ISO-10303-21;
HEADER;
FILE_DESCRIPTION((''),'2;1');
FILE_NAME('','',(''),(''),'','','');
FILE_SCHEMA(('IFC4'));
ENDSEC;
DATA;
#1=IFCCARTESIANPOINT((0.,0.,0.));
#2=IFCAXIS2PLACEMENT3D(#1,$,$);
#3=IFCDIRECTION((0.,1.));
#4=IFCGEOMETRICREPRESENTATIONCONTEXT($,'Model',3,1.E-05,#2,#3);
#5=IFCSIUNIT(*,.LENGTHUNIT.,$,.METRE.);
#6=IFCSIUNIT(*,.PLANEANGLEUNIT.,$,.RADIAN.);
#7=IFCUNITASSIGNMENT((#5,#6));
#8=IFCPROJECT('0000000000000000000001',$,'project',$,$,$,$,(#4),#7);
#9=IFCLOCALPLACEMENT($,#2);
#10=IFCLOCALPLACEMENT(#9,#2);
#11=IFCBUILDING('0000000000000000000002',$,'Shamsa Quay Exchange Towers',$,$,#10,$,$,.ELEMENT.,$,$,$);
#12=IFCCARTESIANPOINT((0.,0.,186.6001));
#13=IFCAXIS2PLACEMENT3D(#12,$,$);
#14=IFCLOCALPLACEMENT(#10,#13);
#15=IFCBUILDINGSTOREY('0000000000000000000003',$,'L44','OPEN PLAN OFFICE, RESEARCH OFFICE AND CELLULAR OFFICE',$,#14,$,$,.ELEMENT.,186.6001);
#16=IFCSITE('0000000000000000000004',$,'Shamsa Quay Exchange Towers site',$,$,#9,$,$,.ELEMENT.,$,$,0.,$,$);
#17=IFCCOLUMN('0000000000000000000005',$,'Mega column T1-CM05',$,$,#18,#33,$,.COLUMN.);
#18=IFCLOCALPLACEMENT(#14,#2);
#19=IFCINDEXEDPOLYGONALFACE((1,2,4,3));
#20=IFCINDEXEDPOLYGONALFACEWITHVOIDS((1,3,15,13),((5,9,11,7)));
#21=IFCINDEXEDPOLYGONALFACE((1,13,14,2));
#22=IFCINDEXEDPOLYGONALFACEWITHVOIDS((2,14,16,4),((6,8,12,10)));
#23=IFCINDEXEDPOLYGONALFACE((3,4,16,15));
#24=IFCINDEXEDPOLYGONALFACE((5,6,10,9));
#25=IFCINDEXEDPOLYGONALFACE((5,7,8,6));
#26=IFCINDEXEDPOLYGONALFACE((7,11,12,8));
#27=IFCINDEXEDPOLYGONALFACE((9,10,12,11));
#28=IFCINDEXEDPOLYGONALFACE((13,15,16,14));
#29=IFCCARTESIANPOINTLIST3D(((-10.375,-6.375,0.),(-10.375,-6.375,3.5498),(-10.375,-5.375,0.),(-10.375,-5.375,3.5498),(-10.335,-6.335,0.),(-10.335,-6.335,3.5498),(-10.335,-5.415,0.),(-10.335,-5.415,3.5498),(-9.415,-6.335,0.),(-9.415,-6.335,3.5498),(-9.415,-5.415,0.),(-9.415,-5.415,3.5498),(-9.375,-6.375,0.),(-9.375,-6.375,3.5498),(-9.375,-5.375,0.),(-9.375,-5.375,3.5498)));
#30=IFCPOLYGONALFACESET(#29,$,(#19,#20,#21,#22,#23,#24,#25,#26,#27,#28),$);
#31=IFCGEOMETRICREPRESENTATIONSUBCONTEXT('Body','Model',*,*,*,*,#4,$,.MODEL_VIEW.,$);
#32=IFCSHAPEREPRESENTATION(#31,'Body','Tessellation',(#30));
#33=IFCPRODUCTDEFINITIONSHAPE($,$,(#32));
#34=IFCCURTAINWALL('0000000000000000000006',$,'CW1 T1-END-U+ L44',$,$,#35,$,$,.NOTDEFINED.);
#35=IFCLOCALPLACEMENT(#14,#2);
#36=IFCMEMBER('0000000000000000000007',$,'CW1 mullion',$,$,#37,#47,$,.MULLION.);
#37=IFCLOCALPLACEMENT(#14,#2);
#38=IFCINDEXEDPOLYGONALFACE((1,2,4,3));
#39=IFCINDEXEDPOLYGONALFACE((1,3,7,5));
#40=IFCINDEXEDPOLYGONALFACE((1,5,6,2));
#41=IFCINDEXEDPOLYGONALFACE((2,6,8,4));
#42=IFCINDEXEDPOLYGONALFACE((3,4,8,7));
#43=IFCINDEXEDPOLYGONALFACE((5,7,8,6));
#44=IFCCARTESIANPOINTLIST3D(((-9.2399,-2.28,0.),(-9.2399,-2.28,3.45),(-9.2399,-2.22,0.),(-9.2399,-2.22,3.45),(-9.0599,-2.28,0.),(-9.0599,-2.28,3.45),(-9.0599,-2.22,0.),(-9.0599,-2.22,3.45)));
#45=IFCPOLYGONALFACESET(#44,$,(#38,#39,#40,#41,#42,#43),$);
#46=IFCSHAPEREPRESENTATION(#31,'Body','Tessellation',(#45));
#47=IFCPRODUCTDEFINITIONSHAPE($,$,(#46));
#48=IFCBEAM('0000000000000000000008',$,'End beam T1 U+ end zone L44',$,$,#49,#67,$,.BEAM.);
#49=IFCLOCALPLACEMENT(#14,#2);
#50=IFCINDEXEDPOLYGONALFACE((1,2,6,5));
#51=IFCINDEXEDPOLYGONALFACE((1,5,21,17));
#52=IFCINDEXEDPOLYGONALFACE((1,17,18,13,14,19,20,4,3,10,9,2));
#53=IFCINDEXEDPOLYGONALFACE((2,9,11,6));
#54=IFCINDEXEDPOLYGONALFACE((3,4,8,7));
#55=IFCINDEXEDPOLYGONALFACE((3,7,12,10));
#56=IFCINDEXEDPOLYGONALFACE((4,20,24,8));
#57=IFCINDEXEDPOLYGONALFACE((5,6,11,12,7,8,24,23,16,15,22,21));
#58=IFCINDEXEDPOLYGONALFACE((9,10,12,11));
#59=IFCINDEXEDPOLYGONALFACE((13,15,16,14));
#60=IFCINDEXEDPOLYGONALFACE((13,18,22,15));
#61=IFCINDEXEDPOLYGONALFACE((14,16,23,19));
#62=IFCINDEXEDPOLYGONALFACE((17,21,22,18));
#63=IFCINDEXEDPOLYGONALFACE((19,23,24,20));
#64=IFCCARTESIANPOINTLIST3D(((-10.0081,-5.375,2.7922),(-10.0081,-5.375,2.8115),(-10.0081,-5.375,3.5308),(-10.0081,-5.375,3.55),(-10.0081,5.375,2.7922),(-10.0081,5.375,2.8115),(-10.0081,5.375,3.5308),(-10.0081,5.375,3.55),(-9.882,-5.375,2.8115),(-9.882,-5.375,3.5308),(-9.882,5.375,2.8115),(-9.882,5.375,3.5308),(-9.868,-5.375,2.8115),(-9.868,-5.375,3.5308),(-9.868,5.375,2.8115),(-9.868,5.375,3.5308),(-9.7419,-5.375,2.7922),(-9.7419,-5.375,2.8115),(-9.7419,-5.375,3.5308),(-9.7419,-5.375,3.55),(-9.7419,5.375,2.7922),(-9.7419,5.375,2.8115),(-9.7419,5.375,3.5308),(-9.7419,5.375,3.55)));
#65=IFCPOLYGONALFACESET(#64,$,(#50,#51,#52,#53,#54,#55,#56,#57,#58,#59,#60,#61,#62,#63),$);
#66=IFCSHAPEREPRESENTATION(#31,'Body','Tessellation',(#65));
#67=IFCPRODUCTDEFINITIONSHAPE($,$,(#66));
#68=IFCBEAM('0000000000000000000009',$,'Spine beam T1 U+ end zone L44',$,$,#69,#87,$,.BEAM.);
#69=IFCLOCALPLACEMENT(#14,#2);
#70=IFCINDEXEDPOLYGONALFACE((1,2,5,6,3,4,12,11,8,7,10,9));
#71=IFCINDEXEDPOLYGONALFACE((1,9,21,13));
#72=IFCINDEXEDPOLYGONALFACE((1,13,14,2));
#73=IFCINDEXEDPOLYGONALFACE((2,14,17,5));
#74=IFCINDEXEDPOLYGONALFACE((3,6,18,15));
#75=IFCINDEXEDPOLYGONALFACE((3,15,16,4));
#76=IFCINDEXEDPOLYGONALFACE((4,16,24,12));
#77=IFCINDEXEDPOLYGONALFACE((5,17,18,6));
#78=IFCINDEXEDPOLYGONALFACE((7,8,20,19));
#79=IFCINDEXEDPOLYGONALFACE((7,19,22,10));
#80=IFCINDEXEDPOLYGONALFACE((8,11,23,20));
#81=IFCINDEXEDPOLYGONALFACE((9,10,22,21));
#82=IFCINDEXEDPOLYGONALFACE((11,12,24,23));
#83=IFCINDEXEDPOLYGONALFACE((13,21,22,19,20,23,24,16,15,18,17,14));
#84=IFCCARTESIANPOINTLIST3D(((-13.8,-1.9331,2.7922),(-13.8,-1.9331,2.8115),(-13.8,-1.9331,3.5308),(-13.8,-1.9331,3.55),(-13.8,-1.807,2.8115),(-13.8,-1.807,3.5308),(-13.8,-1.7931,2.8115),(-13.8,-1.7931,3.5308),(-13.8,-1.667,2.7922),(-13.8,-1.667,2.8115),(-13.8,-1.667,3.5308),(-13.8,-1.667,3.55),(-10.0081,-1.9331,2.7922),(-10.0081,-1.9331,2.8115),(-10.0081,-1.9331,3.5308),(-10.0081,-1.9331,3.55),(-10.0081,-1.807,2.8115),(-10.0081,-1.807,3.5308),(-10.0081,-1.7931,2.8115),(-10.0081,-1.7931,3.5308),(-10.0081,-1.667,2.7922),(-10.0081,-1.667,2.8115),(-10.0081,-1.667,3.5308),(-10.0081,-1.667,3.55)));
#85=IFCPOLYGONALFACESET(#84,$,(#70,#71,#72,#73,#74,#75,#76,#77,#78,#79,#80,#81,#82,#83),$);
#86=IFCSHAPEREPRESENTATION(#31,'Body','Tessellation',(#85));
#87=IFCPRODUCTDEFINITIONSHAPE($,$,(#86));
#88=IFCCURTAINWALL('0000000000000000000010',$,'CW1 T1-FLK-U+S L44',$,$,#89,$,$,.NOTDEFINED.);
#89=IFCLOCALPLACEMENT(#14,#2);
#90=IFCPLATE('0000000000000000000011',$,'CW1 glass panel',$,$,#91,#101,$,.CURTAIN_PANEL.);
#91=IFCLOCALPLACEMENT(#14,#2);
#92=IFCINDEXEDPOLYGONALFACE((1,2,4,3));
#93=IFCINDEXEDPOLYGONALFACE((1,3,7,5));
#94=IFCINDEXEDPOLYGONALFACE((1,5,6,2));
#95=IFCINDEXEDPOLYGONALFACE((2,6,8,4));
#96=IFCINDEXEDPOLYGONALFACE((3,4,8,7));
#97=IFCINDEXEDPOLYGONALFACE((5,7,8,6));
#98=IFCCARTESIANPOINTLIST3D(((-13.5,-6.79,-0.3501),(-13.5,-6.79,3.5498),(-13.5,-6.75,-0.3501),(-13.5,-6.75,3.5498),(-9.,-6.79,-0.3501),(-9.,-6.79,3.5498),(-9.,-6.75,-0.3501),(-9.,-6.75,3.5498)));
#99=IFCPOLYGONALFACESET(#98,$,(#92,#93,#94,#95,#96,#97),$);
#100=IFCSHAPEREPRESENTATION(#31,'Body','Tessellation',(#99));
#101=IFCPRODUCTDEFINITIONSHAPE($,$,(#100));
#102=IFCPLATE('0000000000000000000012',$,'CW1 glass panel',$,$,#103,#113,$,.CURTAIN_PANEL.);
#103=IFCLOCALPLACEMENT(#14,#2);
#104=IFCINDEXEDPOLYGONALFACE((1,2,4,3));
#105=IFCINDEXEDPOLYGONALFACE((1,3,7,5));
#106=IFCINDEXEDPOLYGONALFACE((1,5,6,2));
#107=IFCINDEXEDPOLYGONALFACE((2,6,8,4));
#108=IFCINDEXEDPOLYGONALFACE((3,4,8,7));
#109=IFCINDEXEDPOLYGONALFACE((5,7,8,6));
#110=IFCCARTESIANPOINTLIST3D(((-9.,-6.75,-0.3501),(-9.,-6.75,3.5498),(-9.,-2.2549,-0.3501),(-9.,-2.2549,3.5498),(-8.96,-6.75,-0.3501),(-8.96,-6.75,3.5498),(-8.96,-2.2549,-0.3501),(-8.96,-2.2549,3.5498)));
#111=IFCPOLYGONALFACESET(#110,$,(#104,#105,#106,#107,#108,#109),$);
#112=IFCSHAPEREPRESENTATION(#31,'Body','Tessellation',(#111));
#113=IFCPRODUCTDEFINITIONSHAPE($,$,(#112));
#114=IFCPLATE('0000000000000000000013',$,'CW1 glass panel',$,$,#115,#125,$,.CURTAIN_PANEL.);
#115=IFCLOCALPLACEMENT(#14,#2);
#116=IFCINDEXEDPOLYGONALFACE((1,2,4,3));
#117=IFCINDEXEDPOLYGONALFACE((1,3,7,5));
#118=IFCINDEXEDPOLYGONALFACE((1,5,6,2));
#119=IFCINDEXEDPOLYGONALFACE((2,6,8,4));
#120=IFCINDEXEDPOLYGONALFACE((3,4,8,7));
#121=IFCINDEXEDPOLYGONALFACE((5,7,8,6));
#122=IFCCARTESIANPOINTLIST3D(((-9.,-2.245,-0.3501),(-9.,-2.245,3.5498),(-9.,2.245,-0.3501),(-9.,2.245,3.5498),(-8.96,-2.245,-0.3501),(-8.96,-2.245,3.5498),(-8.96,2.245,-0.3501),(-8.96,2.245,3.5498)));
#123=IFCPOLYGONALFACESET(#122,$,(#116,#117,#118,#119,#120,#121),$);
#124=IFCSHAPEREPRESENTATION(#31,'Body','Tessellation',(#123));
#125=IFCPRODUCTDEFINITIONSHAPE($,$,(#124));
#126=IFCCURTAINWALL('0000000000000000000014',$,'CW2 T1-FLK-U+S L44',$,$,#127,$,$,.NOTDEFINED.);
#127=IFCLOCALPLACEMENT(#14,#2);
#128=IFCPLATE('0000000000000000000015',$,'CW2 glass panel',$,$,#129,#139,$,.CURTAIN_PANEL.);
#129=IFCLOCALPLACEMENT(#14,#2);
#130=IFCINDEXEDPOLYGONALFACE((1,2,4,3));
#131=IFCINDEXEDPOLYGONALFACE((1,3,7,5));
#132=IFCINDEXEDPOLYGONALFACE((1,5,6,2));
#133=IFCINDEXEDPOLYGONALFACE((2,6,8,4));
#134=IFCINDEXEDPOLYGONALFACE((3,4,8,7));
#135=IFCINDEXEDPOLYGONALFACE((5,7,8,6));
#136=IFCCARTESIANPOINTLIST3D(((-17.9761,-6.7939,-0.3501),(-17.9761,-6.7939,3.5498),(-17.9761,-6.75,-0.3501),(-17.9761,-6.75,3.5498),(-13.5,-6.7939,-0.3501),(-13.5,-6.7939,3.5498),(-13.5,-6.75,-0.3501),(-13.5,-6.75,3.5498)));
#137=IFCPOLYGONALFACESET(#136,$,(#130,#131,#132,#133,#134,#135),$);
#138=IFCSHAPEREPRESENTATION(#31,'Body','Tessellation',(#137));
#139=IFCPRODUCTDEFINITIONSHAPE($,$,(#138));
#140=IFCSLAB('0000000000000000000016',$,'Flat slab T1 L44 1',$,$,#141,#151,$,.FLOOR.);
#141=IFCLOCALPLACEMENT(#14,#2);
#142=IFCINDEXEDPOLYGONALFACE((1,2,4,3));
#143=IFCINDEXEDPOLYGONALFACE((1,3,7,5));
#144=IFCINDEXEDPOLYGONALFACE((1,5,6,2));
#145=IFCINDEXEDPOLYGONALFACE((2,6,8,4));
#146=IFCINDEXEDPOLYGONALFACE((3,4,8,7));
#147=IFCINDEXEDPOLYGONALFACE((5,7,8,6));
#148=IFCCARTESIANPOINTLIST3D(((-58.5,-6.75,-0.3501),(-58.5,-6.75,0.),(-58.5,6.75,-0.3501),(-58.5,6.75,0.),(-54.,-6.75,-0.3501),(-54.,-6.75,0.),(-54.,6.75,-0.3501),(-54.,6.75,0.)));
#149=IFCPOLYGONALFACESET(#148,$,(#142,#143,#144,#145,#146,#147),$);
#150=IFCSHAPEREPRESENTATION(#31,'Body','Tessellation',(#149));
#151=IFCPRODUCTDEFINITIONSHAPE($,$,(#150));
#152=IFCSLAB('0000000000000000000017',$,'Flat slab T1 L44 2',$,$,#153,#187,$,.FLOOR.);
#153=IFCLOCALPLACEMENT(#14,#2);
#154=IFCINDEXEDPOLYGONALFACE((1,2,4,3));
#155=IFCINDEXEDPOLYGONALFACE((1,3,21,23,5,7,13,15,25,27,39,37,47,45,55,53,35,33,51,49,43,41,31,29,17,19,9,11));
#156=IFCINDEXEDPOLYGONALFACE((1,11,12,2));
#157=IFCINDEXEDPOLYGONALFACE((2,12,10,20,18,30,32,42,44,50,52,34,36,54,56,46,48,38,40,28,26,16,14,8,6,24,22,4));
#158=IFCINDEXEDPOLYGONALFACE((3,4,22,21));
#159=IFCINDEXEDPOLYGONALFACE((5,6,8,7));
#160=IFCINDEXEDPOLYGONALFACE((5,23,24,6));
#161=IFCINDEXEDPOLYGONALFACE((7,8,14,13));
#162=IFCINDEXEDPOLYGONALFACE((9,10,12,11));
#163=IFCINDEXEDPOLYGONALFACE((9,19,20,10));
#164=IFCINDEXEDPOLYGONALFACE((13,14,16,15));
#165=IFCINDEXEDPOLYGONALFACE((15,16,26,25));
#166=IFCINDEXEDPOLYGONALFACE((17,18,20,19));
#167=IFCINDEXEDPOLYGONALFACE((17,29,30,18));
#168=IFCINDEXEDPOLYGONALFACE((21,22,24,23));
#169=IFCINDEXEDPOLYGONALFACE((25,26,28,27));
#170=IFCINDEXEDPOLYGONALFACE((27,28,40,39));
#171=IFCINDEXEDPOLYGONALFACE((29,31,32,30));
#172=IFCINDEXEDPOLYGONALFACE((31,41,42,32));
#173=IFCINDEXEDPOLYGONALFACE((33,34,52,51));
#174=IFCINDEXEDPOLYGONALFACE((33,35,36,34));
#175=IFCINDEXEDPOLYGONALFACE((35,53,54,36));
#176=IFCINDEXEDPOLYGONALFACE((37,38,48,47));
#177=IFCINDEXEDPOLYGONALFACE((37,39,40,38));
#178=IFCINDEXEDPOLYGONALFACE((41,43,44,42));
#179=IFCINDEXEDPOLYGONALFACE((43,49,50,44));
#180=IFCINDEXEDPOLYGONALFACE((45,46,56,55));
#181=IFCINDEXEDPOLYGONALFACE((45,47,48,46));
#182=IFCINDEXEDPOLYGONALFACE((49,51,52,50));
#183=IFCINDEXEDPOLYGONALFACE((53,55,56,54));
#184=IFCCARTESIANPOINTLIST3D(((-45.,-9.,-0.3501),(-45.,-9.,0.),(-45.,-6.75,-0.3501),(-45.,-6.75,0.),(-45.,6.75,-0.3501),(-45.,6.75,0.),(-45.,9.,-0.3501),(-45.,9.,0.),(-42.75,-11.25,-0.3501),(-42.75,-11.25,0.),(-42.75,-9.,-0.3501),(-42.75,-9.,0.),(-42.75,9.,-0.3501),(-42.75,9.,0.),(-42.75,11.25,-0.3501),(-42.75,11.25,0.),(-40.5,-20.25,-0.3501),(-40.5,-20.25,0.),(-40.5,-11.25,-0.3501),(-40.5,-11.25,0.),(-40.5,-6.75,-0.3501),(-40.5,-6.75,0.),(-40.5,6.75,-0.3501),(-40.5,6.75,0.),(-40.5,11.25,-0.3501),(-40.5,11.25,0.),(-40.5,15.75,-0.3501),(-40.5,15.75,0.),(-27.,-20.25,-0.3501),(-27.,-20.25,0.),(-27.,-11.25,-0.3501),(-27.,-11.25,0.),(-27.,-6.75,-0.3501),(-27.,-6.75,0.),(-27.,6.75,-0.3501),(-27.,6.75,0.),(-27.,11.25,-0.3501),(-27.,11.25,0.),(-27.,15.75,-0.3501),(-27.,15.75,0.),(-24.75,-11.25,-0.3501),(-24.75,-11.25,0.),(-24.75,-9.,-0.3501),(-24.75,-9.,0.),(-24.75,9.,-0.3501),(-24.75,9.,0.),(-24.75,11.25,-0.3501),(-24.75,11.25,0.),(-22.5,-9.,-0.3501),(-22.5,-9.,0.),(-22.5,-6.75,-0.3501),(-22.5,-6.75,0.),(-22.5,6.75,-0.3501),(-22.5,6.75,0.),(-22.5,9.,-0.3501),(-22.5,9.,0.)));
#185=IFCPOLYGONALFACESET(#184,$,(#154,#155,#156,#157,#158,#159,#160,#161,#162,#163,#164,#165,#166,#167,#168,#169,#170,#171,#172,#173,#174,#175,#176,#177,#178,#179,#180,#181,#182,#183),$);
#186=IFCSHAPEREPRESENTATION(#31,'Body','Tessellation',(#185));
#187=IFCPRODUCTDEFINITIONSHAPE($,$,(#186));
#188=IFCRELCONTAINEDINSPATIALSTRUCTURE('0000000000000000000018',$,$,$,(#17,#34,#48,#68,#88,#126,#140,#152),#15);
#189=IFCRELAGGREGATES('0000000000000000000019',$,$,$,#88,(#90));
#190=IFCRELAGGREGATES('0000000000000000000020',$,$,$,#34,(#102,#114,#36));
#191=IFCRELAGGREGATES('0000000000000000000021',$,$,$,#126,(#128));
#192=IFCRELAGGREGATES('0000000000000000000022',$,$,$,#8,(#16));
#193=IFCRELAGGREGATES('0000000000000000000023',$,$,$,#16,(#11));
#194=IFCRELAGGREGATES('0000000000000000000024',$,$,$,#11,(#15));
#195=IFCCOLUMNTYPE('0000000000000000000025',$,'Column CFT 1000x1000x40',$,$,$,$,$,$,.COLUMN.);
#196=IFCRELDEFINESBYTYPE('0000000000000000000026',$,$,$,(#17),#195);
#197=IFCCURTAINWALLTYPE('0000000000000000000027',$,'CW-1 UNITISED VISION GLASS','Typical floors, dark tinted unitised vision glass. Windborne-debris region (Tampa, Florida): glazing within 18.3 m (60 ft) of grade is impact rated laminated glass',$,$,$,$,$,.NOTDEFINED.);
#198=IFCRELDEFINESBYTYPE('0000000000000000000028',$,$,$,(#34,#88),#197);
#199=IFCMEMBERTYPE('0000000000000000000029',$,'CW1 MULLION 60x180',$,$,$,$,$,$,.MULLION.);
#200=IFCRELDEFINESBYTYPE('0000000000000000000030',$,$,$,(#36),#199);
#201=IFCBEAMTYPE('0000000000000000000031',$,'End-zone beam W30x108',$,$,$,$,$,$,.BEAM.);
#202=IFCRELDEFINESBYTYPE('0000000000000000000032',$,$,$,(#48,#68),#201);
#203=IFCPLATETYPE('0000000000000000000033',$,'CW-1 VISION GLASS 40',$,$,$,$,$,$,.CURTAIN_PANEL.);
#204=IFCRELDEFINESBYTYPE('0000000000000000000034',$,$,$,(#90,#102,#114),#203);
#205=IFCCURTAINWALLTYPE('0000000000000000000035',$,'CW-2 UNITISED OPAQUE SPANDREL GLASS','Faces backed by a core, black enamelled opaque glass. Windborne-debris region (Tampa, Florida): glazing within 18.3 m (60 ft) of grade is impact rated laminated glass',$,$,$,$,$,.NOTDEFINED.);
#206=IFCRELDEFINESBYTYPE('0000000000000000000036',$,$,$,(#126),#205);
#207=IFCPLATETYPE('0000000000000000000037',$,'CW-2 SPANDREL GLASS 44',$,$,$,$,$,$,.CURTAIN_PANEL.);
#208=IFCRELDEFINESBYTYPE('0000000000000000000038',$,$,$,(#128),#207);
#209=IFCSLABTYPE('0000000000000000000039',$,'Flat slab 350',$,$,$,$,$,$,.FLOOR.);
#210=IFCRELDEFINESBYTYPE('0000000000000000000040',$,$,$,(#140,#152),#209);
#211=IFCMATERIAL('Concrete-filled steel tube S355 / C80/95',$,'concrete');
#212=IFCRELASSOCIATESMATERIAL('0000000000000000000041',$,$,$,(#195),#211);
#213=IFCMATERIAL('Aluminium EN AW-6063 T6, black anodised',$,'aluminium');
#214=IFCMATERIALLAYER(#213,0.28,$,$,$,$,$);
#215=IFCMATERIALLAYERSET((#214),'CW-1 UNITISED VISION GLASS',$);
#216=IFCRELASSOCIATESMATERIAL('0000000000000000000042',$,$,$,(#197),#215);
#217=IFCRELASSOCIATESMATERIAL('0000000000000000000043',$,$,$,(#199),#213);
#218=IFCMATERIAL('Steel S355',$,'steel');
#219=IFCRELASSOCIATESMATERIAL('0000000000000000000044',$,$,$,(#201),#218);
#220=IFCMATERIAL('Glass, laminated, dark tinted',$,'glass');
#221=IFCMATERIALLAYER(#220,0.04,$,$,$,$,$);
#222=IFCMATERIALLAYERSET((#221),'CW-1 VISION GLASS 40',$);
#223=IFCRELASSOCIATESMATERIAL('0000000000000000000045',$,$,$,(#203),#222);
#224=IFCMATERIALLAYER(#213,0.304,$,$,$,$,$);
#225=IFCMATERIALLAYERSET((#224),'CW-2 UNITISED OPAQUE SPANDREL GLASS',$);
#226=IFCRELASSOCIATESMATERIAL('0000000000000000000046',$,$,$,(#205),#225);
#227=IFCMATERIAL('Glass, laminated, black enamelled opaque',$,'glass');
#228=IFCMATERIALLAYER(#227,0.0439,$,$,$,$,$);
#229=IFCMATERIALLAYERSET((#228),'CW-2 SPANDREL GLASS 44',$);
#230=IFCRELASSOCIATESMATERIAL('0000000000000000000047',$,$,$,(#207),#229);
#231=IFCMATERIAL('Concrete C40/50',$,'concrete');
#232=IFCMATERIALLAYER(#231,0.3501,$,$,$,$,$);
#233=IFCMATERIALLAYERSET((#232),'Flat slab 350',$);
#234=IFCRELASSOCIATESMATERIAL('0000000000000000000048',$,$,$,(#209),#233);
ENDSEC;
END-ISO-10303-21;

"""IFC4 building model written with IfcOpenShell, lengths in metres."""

from ifc_helpers import new_model, si_unit, direction, frame, origin, origin_2d, place, context, subcontext, project, spatial, polyline, rectangle, hollow_rectangle, i_section, outline, extrude, material, layer, layer_set, material_profile, profile_set, type_object, element, aggregate, save


model = new_model("IFC4")

# Units and contexts
model_context = context("Model", 3, precision=1e-05, world=origin(), true_north=direction((0.0, 1.0)))
body_context = subcontext(model_context, "Body", "Model", "MODEL_VIEW")
ifc_project = project(units=[si_unit("LENGTHUNIT", "METRE"), si_unit("PLANEANGLEUNIT", "RADIAN")], contexts=[model_context])

# Site, building, storey
site_placement = place(None, origin())
site = spatial("IfcSite", under=ifc_project, at=site_placement, Name="Shamsa Quay Exchange Towers site", CompositionType="ELEMENT", RefElevation=0.0)
building_placement = place(site_placement, origin())
building = spatial("IfcBuilding", under=site, at=building_placement, Name="Shamsa Quay Exchange Towers", CompositionType="ELEMENT")
storey_placement = place(building_placement, frame((0.0, 0.0, 186.6001)))
storey = spatial("IfcBuildingStorey", under=building, at=storey_placement, Name="L44", Description="OPEN PLAN OFFICE, RESEARCH OFFICE AND CELLULAR OFFICE", CompositionType="ELEMENT", Elevation=186.6001)

# Column
ifc_material_1 = material(Name="Concrete-filled steel tube S355 / C80/95", Category="concrete")
ifc_material_profile_1 = material_profile(ifc_material_1, hollow_rectangle(XDim=1.0, YDim=1.0, WallThickness=0.04, at=origin_2d()), Name="CFT 1000x1000x40")
ifc_profile_set_1 = profile_set([ifc_material_profile_1], Name="Concrete-filled steel tube S355 / C80/95")
column_type = type_object("IfcColumnType", Name="Column CFT 1000x1000x40", PredefinedType="COLUMN", material=ifc_profile_set_1)
column_placement = place(storey_placement, frame((-9.875, -5.875, 0.0)))
element("IfcColumn", 1, at=column_placement, inside=storey, type_object=column_type, Name="Mega column T1-CM05", PredefinedType="COLUMN", context=body_context, shape_type="SweptSolid", body=[
    extrude(hollow_rectangle(XDim=1.0, YDim=1.0, WallThickness=0.04, at=origin_2d()), origin(), (0.0, 0.0, 1.0), 3.5498),
])

# Curtain wall, member
ifc_material_2 = material(Name="Aluminium EN AW-6063 T6, black anodised", Category="aluminium")
ifc_layer_1 = layer(ifc_material_2, 0.28)
ifc_layer_set_1 = layer_set([ifc_layer_1], Name="CW-1 UNITISED VISION GLASS")
curtain_wall_type_1 = type_object("IfcCurtainWallType", Name="CW-1 UNITISED VISION GLASS", Description="Typical floors, dark tinted unitised vision glass. Windborne-debris region (Tampa, Florida): glazing within 18.3 m (60 ft) of grade is impact rated laminated glass", PredefinedType="NOTDEFINED", material=ifc_layer_set_1)
curtain_wall_1_placement = place(storey_placement, origin())
curtain_wall_1 = element("IfcCurtainWall", 2, at=curtain_wall_1_placement, inside=storey, type_object=curtain_wall_type_1, Name="CW1 T1-END-U+ L44", PredefinedType="NOTDEFINED")
ifc_material_profile_2 = material_profile(ifc_material_2, rectangle(XDim=0.1799, YDim=0.0601, at=origin_2d()), Name="MU60x180")
ifc_profile_set_2 = profile_set([ifc_material_profile_2], Name="Aluminium EN AW-6063 T6, black anodised")
member_type = type_object("IfcMemberType", Name="CW1 MULLION 60x180", PredefinedType="MULLION", material=ifc_profile_set_2)
member_placement = place(storey_placement, frame((-9.1499, -2.25, 0.0), z_axis=(0.0, 0.0, 1.0), x_axis=(-1.0, 0.0, 0.0)))
member = element("IfcMember", 3, at=member_placement, type_object=member_type, Name="CW1 mullion", PredefinedType="MULLION", context=body_context, shape_type="SweptSolid", body=[
    extrude(rectangle(XDim=0.1799, YDim=0.0601, at=origin_2d()), origin(), (0.0, 0.0, 1.0), 3.45),
])

# Beams
ifc_material_3 = material(Name="Steel S355", Category="steel")
ifc_material_profile_3 = material_profile(ifc_material_3, i_section(OverallWidth=0.2661, OverallDepth=0.7578, WebThickness=0.0139, FlangeThickness=0.0193, at=origin_2d()), Name="W30x108")
ifc_profile_set_3 = profile_set([ifc_material_profile_3], Name="Steel S355")
beam_type = type_object("IfcBeamType", Name="End-zone beam W30x108", PredefinedType="BEAM", material=ifc_profile_set_3)
beam_1_placement = place(storey_placement, frame((-9.875, -5.375, 3.1711), z_axis=(0.0, 1.0, 0.0), x_axis=(-1.0, 0.0, 0.0)))
element("IfcBeam", 4, at=beam_1_placement, inside=storey, type_object=beam_type, Name="End beam T1 U+ end zone L44", PredefinedType="BEAM", context=body_context, shape_type="SweptSolid", body=[
    extrude(i_section(OverallWidth=0.2661, OverallDepth=0.7578, WebThickness=0.0139, FlangeThickness=0.0193, at=origin_2d()), origin(), (0.0, 0.0, 1.0), 10.75),
])
beam_2_placement = place(storey_placement, frame((-13.8, -1.8, 3.1711), z_axis=(1.0, 0.0, 0.0), x_axis=(0.0, 1.0, 0.0)))
element("IfcBeam", 5, at=beam_2_placement, inside=storey, type_object=beam_type, Name="Spine beam T1 U+ end zone L44", PredefinedType="BEAM", context=body_context, shape_type="SweptSolid", body=[
    extrude(i_section(OverallWidth=0.2661, OverallDepth=0.7578, WebThickness=0.0139, FlangeThickness=0.0193, at=origin_2d()), origin(), (0.0, 0.0, 1.0), 3.792),
])

# Curtain wall, plate
curtain_wall_2_placement = place(storey_placement, origin())
curtain_wall_2 = element("IfcCurtainWall", 6, at=curtain_wall_2_placement, inside=storey, type_object=curtain_wall_type_1, Name="CW1 T1-FLK-U+S L44", PredefinedType="NOTDEFINED")
ifc_material_4 = material(Name="Glass, laminated, dark tinted", Category="glass")
ifc_layer_2 = layer(ifc_material_4, 0.04)
ifc_layer_set_2 = layer_set([ifc_layer_2], Name="CW-1 VISION GLASS 40")
plate_type_1 = type_object("IfcPlateType", Name="CW-1 VISION GLASS 40", PredefinedType="CURTAIN_PANEL", material=ifc_layer_set_2)
plate_1_placement = place(storey_placement, frame((-11.25, -6.77, -0.3501)))
plate_1 = element("IfcPlate", 7, at=plate_1_placement, type_object=plate_type_1, Name="CW1 glass panel", PredefinedType="CURTAIN_PANEL", context=body_context, shape_type="SweptSolid", body=[
    extrude(rectangle(XDim=4.5, YDim=0.04, at=origin_2d()), origin(), (0.0, 0.0, 1.0), 3.8999),
])
aggregate(curtain_wall_2, [plate_1])

# Plates
plate_2_placement = place(storey_placement, frame((-8.98, -4.5024, -0.3501), z_axis=(0.0, 0.0, 1.0), x_axis=(0.0, 1.0, 0.0)))
plate_2 = element("IfcPlate", 8, at=plate_2_placement, type_object=plate_type_1, Name="CW1 glass panel", PredefinedType="CURTAIN_PANEL", context=body_context, shape_type="SweptSolid", body=[
    extrude(rectangle(XDim=4.4951, YDim=0.04, at=origin_2d()), origin(), (0.0, 0.0, 1.0), 3.8999),
])
plate_3_placement = place(storey_placement, frame((-8.98, 0.0, -0.3501), z_axis=(0.0, 0.0, 1.0), x_axis=(0.0, 1.0, 0.0)))
plate_3 = element("IfcPlate", 9, at=plate_3_placement, type_object=plate_type_1, Name="CW1 glass panel", PredefinedType="CURTAIN_PANEL", context=body_context, shape_type="SweptSolid", body=[
    extrude(rectangle(XDim=4.49, YDim=0.04, at=origin_2d()), origin(), (0.0, 0.0, 1.0), 3.8999),
])
aggregate(curtain_wall_1, [plate_2, plate_3, member])

# Curtain wall, plate
ifc_layer_3 = layer(ifc_material_2, 0.304)
ifc_layer_set_3 = layer_set([ifc_layer_3], Name="CW-2 UNITISED OPAQUE SPANDREL GLASS")
curtain_wall_type_2 = type_object("IfcCurtainWallType", Name="CW-2 UNITISED OPAQUE SPANDREL GLASS", Description="Faces backed by a core, black enamelled opaque glass. Windborne-debris region (Tampa, Florida): glazing within 18.3 m (60 ft) of grade is impact rated laminated glass", PredefinedType="NOTDEFINED", material=ifc_layer_set_3)
curtain_wall_3_placement = place(storey_placement, origin())
curtain_wall_3 = element("IfcCurtainWall", 10, at=curtain_wall_3_placement, inside=storey, type_object=curtain_wall_type_2, Name="CW2 T1-FLK-U+S L44", PredefinedType="NOTDEFINED")
ifc_material_5 = material(Name="Glass, laminated, black enamelled opaque", Category="glass")
ifc_layer_4 = layer(ifc_material_5, 0.0439)
ifc_layer_set_4 = layer_set([ifc_layer_4], Name="CW-2 SPANDREL GLASS 44")
plate_type_2 = type_object("IfcPlateType", Name="CW-2 SPANDREL GLASS 44", PredefinedType="CURTAIN_PANEL", material=ifc_layer_set_4)
plate_4_placement = place(storey_placement, frame((-15.738, -6.772, -0.3501)))
plate_4 = element("IfcPlate", 11, at=plate_4_placement, type_object=plate_type_2, Name="CW2 glass panel", PredefinedType="CURTAIN_PANEL", context=body_context, shape_type="SweptSolid", body=[
    extrude(rectangle(XDim=4.4761, YDim=0.0439, at=origin_2d()), origin(), (0.0, 0.0, 1.0), 3.8999),
])
aggregate(curtain_wall_3, [plate_4])

# Slabs
ifc_material_6 = material(Name="Concrete C40/50", Category="concrete")
ifc_layer_5 = layer(ifc_material_6, 0.3501)
ifc_layer_set_5 = layer_set([ifc_layer_5], Name="Flat slab 350")
slab_type = type_object("IfcSlabType", Name="Flat slab 350", PredefinedType="FLOOR", material=ifc_layer_set_5)
slab_1_placement = place(storey_placement, frame((0.0, 0.0, -0.3501)))
element("IfcSlab", 12, at=slab_1_placement, inside=storey, type_object=slab_type, Name="Flat slab T1 L44 1", PredefinedType="FLOOR", context=body_context, shape_type="SweptSolid", body=[
    extrude(outline(polyline([(-58.5, -6.75), (-54.0, -6.75), (-54.0, 6.75), (-58.5, 6.75), (-58.5, -6.75)])), origin(), (0.0, 0.0, 1.0), 0.3501),
])
slab_2_placement = place(storey_placement, frame((0.0, 0.0, -0.3501)))
element("IfcSlab", 13, at=slab_2_placement, inside=storey, type_object=slab_type, Name="Flat slab T1 L44 2", PredefinedType="FLOOR", context=body_context, shape_type="SweptSolid", body=[
    extrude(outline(polyline([(-22.5, -9.0), (-22.5, -6.75), (-27.0, -6.75), (-27.0, 6.75), (-22.5, 6.75), (-22.5, 9.0), (-24.75, 9.0), (-24.75, 11.25), (-27.0, 11.25), (-27.0, 15.75), (-40.5, 15.75), (-40.5, 11.25), (-42.75, 11.25), (-42.75, 9.0), (-45.0, 9.0), (-45.0, 6.75), (-40.5, 6.75), (-40.5, -6.75), (-45.0, -6.75), (-45.0, -9.0), (-42.75, -9.0), (-42.75, -11.25), (-40.5, -11.25), (-40.5, -20.25), (-27.0, -20.25), (-27.0, -11.25), (-24.75, -11.25), (-24.75, -9.0), (-22.5, -9.0)])), origin(), (0.0, 0.0, 1.0), 0.3501),
])

save(model, "model.ifc")
